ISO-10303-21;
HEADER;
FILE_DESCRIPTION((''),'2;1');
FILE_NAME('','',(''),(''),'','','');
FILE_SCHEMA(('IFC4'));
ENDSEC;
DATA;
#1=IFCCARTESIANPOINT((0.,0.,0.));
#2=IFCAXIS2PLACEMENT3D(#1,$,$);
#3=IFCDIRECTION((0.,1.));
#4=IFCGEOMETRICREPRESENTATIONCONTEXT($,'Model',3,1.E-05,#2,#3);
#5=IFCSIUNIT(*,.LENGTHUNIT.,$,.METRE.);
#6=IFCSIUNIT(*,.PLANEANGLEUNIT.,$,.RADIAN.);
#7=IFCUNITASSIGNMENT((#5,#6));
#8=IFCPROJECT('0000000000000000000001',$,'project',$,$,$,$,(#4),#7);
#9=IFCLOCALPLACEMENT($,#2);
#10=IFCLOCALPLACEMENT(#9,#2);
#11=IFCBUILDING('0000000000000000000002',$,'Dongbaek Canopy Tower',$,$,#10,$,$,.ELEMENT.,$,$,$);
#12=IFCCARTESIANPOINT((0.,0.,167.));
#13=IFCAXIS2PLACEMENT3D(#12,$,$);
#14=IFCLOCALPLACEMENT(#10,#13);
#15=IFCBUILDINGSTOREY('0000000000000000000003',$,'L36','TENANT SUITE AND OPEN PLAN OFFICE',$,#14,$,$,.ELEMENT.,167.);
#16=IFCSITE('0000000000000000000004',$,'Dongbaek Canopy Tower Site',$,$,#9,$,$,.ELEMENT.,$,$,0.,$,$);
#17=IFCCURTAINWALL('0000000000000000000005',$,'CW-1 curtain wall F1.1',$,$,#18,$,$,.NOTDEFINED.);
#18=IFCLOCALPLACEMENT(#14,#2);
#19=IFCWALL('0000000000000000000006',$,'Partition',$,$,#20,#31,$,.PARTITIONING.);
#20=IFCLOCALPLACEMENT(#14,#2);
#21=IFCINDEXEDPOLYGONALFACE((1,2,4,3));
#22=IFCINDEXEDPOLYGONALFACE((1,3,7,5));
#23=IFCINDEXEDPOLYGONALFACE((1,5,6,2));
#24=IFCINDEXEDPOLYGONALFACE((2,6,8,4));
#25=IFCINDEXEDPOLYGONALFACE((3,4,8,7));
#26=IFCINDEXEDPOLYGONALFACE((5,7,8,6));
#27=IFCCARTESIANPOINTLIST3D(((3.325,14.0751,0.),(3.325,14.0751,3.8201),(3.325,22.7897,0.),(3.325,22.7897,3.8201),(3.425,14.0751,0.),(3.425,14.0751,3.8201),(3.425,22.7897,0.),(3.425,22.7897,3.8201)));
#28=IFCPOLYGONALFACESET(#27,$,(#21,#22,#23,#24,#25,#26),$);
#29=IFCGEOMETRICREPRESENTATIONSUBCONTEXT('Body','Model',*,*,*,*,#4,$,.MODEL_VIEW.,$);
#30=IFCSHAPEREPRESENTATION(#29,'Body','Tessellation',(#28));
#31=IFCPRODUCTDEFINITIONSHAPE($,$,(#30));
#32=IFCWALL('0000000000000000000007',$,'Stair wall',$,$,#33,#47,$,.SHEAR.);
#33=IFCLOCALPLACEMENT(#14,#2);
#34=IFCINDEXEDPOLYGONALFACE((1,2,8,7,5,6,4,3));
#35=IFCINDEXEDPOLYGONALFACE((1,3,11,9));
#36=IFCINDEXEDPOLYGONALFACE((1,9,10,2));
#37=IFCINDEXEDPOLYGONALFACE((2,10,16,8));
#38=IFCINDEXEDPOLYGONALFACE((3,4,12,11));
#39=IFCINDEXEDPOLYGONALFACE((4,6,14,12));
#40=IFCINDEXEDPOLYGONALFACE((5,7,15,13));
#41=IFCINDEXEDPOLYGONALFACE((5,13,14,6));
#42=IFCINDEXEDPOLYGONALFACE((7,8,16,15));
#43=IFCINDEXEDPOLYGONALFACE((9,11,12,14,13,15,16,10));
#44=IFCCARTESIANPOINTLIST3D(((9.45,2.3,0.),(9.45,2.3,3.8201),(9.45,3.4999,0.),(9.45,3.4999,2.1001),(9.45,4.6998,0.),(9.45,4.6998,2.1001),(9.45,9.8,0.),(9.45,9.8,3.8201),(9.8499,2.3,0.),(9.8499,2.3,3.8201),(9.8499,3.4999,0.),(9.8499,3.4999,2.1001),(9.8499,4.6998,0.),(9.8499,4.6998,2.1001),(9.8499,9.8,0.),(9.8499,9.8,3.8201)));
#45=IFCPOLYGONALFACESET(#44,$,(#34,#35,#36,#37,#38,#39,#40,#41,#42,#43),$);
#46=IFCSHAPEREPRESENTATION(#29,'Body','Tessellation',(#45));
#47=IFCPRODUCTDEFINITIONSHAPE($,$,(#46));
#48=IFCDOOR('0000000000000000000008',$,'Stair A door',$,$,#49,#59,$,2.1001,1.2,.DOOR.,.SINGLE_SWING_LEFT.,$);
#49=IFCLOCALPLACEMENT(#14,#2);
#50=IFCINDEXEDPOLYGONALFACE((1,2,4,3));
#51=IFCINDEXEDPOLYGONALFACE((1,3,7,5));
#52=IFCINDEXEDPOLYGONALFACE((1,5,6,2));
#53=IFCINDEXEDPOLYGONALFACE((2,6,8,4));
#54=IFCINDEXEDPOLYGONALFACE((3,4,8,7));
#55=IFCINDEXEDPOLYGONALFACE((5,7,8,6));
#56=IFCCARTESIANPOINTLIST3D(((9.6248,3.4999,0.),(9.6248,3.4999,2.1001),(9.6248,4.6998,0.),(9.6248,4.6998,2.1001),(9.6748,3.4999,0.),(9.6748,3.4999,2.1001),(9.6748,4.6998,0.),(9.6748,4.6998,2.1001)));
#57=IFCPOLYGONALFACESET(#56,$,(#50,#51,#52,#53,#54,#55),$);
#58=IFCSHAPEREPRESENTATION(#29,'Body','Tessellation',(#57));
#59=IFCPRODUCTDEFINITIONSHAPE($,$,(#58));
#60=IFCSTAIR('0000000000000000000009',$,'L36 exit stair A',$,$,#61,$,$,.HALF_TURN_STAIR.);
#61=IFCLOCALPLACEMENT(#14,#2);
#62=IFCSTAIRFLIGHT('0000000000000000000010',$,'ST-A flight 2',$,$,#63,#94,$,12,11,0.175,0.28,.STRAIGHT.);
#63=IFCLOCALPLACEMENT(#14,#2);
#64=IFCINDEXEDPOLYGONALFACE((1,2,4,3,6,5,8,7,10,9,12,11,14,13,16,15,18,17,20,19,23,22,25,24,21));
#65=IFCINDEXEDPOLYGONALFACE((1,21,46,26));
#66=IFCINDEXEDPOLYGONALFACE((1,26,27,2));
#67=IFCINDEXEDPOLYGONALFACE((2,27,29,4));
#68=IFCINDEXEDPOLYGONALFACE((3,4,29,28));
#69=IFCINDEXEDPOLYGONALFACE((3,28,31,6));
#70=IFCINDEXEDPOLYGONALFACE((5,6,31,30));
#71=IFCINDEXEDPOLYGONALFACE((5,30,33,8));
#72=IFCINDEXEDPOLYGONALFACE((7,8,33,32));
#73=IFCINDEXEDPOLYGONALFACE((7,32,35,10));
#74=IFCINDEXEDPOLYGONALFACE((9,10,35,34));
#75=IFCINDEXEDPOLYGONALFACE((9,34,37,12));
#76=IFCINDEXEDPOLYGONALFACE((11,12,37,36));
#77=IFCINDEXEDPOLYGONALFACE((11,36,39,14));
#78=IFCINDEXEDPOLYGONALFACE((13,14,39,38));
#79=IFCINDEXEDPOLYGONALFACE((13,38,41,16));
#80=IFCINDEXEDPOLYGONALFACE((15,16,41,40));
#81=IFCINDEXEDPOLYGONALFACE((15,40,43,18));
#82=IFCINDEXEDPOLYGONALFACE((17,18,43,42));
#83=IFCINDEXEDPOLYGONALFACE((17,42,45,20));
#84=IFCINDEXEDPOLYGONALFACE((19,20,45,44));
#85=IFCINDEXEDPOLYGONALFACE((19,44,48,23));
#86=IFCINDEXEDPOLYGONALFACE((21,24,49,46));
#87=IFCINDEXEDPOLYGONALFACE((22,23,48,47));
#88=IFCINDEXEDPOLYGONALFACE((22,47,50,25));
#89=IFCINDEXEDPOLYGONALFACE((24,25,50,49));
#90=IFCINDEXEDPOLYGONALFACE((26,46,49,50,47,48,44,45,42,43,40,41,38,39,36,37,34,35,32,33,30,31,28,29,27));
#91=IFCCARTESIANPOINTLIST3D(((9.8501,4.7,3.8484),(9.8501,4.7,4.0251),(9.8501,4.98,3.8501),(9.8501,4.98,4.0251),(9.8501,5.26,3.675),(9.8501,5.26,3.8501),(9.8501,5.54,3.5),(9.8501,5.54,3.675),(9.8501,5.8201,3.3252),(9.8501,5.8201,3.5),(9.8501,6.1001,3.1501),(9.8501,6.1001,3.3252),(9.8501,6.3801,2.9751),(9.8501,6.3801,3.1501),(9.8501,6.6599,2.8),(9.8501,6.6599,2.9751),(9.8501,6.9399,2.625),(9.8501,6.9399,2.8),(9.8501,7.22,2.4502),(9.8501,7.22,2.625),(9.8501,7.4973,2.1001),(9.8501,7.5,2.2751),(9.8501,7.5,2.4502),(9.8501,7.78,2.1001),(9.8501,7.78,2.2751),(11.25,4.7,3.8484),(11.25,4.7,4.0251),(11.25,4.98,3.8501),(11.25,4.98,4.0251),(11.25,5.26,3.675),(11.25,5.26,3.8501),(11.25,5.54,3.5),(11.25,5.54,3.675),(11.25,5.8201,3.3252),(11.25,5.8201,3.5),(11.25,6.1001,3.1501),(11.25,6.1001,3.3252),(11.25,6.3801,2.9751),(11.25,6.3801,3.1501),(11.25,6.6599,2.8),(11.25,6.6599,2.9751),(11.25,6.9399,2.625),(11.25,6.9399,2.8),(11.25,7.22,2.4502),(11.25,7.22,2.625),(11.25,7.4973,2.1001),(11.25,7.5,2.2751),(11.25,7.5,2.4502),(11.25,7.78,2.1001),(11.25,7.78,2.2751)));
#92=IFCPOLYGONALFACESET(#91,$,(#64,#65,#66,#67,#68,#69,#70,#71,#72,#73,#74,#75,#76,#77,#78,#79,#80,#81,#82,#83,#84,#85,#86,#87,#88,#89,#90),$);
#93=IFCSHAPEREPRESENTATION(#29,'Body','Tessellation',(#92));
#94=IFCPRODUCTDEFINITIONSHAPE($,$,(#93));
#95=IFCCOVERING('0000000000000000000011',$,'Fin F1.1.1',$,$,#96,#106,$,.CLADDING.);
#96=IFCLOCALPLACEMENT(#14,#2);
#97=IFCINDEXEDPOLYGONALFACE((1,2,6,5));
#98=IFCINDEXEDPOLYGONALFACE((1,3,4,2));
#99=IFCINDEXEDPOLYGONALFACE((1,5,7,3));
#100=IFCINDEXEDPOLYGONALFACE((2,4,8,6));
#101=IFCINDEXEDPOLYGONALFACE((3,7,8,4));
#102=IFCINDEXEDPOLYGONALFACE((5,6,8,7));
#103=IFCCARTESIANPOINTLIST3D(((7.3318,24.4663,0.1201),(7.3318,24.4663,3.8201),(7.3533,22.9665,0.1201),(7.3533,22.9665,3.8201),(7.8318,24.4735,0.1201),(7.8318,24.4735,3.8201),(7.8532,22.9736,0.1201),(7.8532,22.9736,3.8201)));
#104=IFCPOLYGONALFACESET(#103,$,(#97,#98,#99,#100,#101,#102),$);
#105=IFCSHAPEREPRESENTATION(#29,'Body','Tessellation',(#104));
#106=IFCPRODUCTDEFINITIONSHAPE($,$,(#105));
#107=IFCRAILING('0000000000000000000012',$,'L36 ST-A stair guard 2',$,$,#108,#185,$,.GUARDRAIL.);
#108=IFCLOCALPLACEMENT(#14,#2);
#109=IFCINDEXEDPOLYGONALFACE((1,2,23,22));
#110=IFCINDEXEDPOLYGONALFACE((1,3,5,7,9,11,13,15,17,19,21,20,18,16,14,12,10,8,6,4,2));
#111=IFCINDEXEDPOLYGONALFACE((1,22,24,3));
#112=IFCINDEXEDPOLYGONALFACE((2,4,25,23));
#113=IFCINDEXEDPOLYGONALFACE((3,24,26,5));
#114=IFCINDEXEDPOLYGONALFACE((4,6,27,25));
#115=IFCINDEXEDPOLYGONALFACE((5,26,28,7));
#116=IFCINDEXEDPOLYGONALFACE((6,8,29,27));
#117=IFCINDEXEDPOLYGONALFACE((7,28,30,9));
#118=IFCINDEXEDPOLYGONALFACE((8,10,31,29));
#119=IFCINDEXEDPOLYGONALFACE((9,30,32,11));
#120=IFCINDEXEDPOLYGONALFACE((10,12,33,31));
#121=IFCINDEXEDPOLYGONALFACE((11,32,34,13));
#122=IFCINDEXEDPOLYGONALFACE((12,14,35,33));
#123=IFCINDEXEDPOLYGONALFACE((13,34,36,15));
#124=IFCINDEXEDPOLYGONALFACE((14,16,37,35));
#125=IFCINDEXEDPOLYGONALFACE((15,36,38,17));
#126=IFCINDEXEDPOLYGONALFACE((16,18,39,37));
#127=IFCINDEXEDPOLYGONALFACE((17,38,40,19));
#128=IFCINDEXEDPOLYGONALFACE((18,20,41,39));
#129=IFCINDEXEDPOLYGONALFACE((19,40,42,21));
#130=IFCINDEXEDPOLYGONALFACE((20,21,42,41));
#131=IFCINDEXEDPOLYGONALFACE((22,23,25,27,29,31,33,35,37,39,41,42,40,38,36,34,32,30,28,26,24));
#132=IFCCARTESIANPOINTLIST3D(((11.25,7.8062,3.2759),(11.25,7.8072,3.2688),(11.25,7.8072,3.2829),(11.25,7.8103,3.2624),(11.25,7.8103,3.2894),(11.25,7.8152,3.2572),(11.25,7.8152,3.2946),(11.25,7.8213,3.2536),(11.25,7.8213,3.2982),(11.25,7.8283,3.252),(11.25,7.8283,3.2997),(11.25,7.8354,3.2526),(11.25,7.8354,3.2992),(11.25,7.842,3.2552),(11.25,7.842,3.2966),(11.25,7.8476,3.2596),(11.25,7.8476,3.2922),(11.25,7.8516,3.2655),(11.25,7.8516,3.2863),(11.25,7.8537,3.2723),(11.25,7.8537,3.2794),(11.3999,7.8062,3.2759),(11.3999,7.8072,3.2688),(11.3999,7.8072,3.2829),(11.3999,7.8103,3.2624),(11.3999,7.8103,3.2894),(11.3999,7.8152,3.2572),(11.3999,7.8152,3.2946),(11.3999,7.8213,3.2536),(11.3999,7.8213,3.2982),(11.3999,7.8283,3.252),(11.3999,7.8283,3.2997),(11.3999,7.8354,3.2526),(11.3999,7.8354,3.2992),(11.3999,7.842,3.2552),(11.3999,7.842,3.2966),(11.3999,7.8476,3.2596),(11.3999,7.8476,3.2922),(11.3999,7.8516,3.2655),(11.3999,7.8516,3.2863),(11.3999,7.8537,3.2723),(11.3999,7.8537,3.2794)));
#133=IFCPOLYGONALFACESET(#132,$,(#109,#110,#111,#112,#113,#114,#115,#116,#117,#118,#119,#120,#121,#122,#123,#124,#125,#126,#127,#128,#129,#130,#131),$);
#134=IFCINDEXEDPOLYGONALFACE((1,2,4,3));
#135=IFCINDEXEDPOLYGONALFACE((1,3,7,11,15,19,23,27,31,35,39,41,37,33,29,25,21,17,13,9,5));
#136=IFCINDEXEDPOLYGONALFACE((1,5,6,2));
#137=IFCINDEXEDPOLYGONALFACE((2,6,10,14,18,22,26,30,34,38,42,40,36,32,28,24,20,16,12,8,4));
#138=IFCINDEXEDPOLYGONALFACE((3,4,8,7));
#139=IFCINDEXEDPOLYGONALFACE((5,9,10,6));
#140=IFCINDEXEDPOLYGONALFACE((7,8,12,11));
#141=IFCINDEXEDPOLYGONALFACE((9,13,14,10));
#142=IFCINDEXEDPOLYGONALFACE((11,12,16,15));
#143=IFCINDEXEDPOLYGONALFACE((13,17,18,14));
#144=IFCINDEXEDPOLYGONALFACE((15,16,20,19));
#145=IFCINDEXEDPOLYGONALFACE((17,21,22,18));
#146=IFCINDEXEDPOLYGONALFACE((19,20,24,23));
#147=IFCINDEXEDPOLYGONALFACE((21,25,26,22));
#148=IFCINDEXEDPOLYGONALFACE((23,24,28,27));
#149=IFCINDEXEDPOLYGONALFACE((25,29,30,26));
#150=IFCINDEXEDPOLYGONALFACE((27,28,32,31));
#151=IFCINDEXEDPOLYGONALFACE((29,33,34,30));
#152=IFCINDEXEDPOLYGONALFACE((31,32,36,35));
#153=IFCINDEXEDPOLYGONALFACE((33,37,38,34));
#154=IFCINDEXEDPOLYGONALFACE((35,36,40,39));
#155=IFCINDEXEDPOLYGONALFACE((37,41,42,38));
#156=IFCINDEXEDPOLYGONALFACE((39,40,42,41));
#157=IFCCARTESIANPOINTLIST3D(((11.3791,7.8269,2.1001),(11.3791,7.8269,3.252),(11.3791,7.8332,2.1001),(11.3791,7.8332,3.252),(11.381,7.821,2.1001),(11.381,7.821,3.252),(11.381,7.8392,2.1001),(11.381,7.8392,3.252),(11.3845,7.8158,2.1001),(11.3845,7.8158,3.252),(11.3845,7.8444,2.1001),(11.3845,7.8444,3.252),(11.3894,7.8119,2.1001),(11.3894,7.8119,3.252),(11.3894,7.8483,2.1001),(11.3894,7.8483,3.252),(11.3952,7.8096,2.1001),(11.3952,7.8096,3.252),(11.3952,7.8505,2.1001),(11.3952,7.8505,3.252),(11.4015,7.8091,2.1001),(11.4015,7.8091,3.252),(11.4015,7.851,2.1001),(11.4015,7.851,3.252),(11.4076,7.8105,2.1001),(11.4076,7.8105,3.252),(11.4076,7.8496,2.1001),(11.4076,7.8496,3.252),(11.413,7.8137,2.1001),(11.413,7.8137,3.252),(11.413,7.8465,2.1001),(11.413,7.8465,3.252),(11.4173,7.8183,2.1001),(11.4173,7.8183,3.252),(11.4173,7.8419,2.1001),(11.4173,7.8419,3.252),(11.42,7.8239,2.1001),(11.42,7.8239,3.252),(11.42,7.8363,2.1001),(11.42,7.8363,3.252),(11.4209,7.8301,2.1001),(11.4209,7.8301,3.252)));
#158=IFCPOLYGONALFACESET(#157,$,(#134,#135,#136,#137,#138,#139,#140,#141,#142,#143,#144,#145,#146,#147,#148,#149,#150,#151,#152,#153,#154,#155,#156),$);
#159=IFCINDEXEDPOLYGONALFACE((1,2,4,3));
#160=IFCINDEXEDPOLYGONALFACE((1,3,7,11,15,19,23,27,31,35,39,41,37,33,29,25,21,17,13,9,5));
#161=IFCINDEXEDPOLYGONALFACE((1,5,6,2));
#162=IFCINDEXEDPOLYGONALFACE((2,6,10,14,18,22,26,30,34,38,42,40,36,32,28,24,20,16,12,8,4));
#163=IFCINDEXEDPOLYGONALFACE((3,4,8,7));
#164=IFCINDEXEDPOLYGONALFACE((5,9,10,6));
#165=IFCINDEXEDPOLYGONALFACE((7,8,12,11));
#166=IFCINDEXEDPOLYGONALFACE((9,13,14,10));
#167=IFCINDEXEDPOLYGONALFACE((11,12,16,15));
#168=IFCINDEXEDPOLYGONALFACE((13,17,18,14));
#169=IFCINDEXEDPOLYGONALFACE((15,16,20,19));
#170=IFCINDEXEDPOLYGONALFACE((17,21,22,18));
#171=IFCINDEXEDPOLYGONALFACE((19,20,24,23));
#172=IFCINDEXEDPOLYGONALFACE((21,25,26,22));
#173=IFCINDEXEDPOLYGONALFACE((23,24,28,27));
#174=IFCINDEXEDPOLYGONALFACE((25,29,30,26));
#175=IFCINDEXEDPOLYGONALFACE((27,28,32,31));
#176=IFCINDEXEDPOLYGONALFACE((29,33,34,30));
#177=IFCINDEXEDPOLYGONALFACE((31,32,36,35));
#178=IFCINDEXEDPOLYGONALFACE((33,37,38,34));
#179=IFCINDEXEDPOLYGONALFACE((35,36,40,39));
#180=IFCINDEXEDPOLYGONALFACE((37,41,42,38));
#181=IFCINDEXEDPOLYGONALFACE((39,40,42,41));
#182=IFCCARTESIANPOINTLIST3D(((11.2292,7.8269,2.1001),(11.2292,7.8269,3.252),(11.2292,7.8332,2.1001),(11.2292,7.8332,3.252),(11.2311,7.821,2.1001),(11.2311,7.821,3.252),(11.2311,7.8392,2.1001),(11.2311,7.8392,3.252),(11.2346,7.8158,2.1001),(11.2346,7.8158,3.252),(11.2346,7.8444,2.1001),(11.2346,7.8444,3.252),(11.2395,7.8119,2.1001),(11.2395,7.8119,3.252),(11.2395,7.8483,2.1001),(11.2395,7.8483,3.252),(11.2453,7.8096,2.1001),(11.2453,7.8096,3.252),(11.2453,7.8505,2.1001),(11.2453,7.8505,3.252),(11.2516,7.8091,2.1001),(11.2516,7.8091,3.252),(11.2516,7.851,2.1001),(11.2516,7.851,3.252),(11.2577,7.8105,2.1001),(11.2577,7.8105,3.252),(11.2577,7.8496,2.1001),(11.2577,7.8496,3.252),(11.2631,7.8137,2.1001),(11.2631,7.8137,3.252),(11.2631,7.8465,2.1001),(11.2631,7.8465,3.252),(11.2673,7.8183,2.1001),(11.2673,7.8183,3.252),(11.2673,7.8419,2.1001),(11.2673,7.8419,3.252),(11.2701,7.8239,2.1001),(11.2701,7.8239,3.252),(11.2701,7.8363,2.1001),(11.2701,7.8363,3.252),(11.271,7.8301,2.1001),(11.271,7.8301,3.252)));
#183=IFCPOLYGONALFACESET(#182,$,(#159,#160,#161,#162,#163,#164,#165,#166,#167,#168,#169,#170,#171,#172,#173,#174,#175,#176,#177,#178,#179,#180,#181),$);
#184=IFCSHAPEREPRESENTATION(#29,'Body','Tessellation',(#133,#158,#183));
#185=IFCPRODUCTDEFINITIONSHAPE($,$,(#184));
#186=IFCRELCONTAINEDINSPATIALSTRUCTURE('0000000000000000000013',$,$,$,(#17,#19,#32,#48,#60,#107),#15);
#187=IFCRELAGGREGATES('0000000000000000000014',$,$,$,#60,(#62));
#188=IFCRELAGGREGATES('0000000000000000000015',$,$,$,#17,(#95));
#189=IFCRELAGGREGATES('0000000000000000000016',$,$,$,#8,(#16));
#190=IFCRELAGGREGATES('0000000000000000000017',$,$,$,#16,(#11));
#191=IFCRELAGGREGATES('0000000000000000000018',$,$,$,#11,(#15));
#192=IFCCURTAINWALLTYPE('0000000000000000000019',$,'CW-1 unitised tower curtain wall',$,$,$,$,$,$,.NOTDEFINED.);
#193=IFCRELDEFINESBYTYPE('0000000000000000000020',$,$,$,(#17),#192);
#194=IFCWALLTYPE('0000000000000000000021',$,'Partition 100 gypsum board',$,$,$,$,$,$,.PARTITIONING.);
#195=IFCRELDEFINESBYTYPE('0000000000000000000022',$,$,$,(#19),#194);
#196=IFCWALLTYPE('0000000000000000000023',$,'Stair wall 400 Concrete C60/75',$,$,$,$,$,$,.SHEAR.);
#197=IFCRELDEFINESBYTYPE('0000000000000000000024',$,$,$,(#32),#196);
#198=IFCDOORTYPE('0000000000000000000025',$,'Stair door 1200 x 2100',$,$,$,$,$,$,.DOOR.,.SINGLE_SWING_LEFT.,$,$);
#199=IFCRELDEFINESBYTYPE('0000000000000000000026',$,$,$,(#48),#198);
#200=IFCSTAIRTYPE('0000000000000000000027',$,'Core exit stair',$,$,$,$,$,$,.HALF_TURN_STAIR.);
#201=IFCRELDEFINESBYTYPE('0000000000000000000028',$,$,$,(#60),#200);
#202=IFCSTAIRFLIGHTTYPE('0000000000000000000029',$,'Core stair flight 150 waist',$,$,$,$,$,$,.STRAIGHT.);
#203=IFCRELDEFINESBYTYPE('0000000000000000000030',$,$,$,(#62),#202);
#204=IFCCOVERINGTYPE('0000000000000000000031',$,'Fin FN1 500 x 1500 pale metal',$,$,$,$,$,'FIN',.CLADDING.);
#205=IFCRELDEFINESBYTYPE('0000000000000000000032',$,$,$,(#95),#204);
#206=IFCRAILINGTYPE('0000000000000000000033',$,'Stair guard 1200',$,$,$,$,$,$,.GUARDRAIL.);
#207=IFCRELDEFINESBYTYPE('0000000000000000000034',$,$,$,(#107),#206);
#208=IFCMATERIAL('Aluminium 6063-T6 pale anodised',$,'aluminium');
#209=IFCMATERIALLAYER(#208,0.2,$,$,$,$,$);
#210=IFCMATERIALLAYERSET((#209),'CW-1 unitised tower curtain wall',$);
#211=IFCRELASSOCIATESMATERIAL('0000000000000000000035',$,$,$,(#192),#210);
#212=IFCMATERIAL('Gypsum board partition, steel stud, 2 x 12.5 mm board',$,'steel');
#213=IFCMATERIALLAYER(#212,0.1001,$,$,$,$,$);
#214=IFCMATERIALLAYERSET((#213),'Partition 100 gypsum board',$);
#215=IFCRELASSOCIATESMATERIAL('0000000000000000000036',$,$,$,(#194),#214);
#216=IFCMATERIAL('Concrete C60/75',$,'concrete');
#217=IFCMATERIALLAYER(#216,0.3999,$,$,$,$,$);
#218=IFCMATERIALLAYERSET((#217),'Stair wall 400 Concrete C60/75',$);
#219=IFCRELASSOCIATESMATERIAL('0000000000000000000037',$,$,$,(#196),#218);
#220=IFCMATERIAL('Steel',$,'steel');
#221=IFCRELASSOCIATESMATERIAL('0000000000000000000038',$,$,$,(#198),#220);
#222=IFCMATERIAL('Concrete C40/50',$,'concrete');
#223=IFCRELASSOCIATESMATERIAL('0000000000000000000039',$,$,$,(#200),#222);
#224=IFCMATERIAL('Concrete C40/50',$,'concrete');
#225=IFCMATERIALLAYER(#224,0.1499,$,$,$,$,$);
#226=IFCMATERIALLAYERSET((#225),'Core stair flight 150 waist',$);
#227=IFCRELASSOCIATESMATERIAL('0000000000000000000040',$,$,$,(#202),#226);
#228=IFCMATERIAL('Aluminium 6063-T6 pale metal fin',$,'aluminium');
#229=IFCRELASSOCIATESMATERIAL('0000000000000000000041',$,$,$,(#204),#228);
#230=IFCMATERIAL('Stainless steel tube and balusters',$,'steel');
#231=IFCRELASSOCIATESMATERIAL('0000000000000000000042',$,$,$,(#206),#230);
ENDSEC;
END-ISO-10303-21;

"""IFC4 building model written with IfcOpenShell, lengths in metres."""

from ifc_helpers import new_model, si_unit, direction, frame, frame_2d, origin, origin_2d, place, context, subcontext, project, spatial, polyline, rectangle, circle, outline, extrude, material, layer, layer_set, material_profile, profile_set, type_object, element, fill, aggregate, save


model = new_model("IFC4")

# Units and contexts
model_context = context("Model", 3, precision=1e-05, world=origin(), true_north=direction((0.0, 1.0)))
body_context = subcontext(model_context, "Body", "Model", "MODEL_VIEW")
ifc_project = project(units=[si_unit("LENGTHUNIT", "METRE"), si_unit("PLANEANGLEUNIT", "RADIAN")], contexts=[model_context])

# Site, building, storey
site_placement = place(None, origin())
site = spatial("IfcSite", under=ifc_project, at=site_placement, Name="Dongbaek Canopy Tower Site", CompositionType="ELEMENT", RefElevation=0.0)
building_placement = place(site_placement, origin())
building = spatial("IfcBuilding", under=site, at=building_placement, Name="Dongbaek Canopy Tower", CompositionType="ELEMENT")
storey_placement = place(building_placement, frame((0.0, 0.0, 167.0)))
storey = spatial("IfcBuildingStorey", under=building, at=storey_placement, Name="L36", Description="TENANT SUITE AND OPEN PLAN OFFICE", CompositionType="ELEMENT", Elevation=167.0)

# Shared definitions
ifc_material_1 = material(Name="Aluminium 6063-T6 pale anodised", Category="aluminium")
ifc_layer_1 = layer(ifc_material_1, 0.2)
ifc_layer_set_1 = layer_set([ifc_layer_1], Name="CW-1 unitised tower curtain wall")
curtain_wall_type = type_object("IfcCurtainWallType", Name="CW-1 unitised tower curtain wall", PredefinedType="NOTDEFINED", material=ifc_layer_set_1)

# Curtain wall
curtain_wall_1_placement = place(storey_placement, origin())
curtain_wall_1 = element("IfcCurtainWall", 1, at=curtain_wall_1_placement, inside=storey, type_object=curtain_wall_type, Name="CW-1 curtain wall F1.1", PredefinedType="NOTDEFINED")

# Wall
ifc_material_2 = material(Name="Gypsum board partition, steel stud, 2 x 12.5 mm board", Category="steel")
ifc_layer_2 = layer(ifc_material_2, 0.1001)
ifc_layer_set_2 = layer_set([ifc_layer_2], Name="Partition 100 gypsum board")
wall_type_1 = type_object("IfcWallType", Name="Partition 100 gypsum board", PredefinedType="PARTITIONING", material=ifc_layer_set_2)
wall_1_placement = place(storey_placement, frame((3.375, 14.075, 0.0), z_axis=(0.0, 0.0, 1.0), x_axis=(0.0, 1.0, 0.0)))
element("IfcWall", 2, at=wall_1_placement, inside=storey, type_object=wall_type_1, Name="Partition", PredefinedType="PARTITIONING", context=body_context, shape_type="SweptSolid", body=[
    extrude(rectangle(XDim=8.7146, YDim=0.1001, at=frame_2d((4.3574, 0.0))), origin(), (0.0, 0.0, 1.0), 3.8201),
])

# Wall, opening, door
ifc_material_3 = material(Name="Concrete C60/75", Category="concrete")
ifc_layer_3 = layer(ifc_material_3, 0.3999)
ifc_layer_set_3 = layer_set([ifc_layer_3], Name="Stair wall 400 Concrete C60/75")
wall_type_2 = type_object("IfcWallType", Name="Stair wall 400 Concrete C60/75", PredefinedType="SHEAR", material=ifc_layer_set_3)
wall_2_placement = place(storey_placement, frame((9.6499, 9.8, 0.0), z_axis=(0.0, 0.0, 1.0), x_axis=(0.0, -1.0, 0.0)))
wall_2 = element("IfcWall", 3, at=wall_2_placement, inside=storey, type_object=wall_type_2, Name="Stair wall", PredefinedType="SHEAR", context=body_context, shape_type="SweptSolid", body=[
    extrude(rectangle(XDim=7.5, YDim=0.3999, at=frame_2d((3.75, 0.0))), origin(), (0.0, 0.0, 1.0), 3.8201),
])
opening_placement = place(wall_2_placement, frame((5.1001, 0.0, 0.0)))
opening = element("IfcOpeningElement", 4, at=opening_placement, cuts=wall_2, PredefinedType="OPENING", context=body_context, shape_type="SweptSolid", body=[
    extrude(rectangle(XDim=1.2, YDim=2.1001, at=frame_2d((0.6001, 1.05))), frame((0.0, 0.21, 0.0), z_axis=(0.0, -1.0, 0.0), x_axis=(1.0, 0.0, 0.0)), (0.0, 0.0, 1.0), 0.4199),
])
ifc_material_4 = material(Name="Steel", Category="steel")
door_type = type_object("IfcDoorType", Name="Stair door 1200 x 2100", OperationType="SINGLE_SWING_LEFT", PredefinedType="DOOR", material=ifc_material_4)
door_placement = place(opening_placement, origin())
door = element("IfcDoor", 5, at=door_placement, inside=storey, type_object=door_type, Name="Stair A door", OperationType="SINGLE_SWING_LEFT", OverallHeight=2.1001, OverallWidth=1.2, PredefinedType="DOOR", context=body_context, shape_type="SweptSolid", body=[
    extrude(rectangle(XDim=1.2, YDim=2.1001, at=frame_2d((0.6001, 1.05))), frame((0.0, 0.0249, 0.0), z_axis=(0.0, -1.0, 0.0), x_axis=(1.0, 0.0, 0.0)), (0.0, 0.0, 1.0), 0.05),
])
fill(opening, door)

# Stair, stair flight
ifc_material_5 = material(Name="Concrete C40/50", Category="concrete")
stair_type = type_object("IfcStairType", Name="Core exit stair", PredefinedType="HALF_TURN_STAIR", material=ifc_material_5)
stair_placement = place(storey_placement, origin())
stair = element("IfcStair", 6, at=stair_placement, inside=storey, type_object=stair_type, Name="L36 exit stair A", PredefinedType="HALF_TURN_STAIR")
ifc_material_6 = material(Name="Concrete C40/50", Category="concrete")
ifc_layer_4 = layer(ifc_material_6, 0.1499)
ifc_layer_set_4 = layer_set([ifc_layer_4], Name="Core stair flight 150 waist")
stair_flight_type = type_object("IfcStairFlightType", Name="Core stair flight 150 waist", PredefinedType="STRAIGHT", material=ifc_layer_set_4)
stair_flight_placement = place(storey_placement, frame((10.55, 7.78, 2.1001), z_axis=(0.0, 0.0, 1.0), x_axis=(0.0, -1.0, 0.0)))
stair_flight = element("IfcStairFlight", 7, at=stair_flight_placement, type_object=stair_flight_type, Name="ST-A flight 2", NumberOfRisers=12, NumberOfTreads=11, PredefinedType="STRAIGHT", RiserHeight=0.175, TreadLength=0.28, context=body_context, shape_type="SweptSolid", body=[
    extrude(outline(polyline([(0.0, 0.0), (0.0, 0.175), (0.28, 0.175), (0.28, 0.3501), (0.5601, 0.3501), (0.5601, 0.5249), (0.8401, 0.5249), (0.8401, 0.7), (1.1201, 0.7), (1.1201, 0.875), (1.3999, 0.875), (1.3999, 1.05), (1.6799, 1.05), (1.6799, 1.2251), (1.96, 1.2251), (1.96, 1.3999), (2.24, 1.3999), (2.24, 1.575), (2.52, 1.575), (2.52, 1.75), (2.8, 1.75), (2.8, 1.925), (3.0801, 1.925), (3.0801, 2.1001), (3.0801, 1.7483), (0.2827, 0.0), (0.0, 0.0)])), frame((0.0, 0.7, 0.0), z_axis=(0.0, -1.0, 0.0), x_axis=(1.0, 0.0, 0.0)), (0.0, 0.0, 1.0), 1.3999),
])
aggregate(stair, [stair_flight])

# Covering
ifc_material_7 = material(Name="Aluminium 6063-T6 pale metal fin", Category="aluminium")
ifc_material_profile_1 = material_profile(ifc_material_7, rectangle(XDim=1.5, YDim=0.5, at=origin_2d()), Name="Fin FN1 500 x 1500 pale metal")
ifc_profile_set_1 = profile_set([ifc_material_profile_1], Name="Aluminium 6063-T6 pale metal fin")
covering_type = type_object("IfcCoveringType", Name="Fin FN1 500 x 1500 pale metal", ElementType="FIN", PredefinedType="CLADDING", material=ifc_profile_set_1)
covering_placement = place(storey_placement, frame((7.5925, 23.72, 0.1201), z_axis=(0.0, 0.0, 1.0), x_axis=(-0.014277, 0.999898, 0.0)))
covering = element("IfcCovering", 8, at=covering_placement, type_object=covering_type, Name="Fin F1.1.1", PredefinedType="CLADDING", context=body_context, shape_type="SweptSolid", body=[
    extrude(rectangle(XDim=1.5, YDim=0.5, at=origin_2d()), origin(), (0.0, 0.0, 1.0), 3.7),
])
aggregate(curtain_wall_1, [covering])

# Railing
ifc_material_8 = material(Name="Stainless steel tube and balusters", Category="steel")
railing_type = type_object("IfcRailingType", Name="Stair guard 1200", PredefinedType="GUARDRAIL", material=ifc_material_8)
railing_1_placement = place(storey_placement, frame((11.3999, 7.8301, 2.1001)))
element("IfcRailing", 9, at=railing_1_placement, inside=storey, type_object=railing_type, Name="L36 ST-A stair guard 2", PredefinedType="GUARDRAIL", context=body_context, shape_type="SweptSolid", body=[
    extrude(circle(Radius=0.0239, at=origin_2d()), frame((0.0, 0.0, 1.1758), z_axis=(-1.0, 0.0, 0.0), x_axis=(0.0, -1.0, 0.0)), (0.0, 0.0, 1.0), 0.1499),
    extrude(circle(Radius=0.021, at=origin_2d()), origin(), (0.0, 0.0, 1.0), 1.1519),
    extrude(circle(Radius=0.021, at=origin_2d()), frame((-0.1499, 0.0, 0.0)), (0.0, 0.0, 1.0), 1.1519),
])

save(model, "model.ifc")
